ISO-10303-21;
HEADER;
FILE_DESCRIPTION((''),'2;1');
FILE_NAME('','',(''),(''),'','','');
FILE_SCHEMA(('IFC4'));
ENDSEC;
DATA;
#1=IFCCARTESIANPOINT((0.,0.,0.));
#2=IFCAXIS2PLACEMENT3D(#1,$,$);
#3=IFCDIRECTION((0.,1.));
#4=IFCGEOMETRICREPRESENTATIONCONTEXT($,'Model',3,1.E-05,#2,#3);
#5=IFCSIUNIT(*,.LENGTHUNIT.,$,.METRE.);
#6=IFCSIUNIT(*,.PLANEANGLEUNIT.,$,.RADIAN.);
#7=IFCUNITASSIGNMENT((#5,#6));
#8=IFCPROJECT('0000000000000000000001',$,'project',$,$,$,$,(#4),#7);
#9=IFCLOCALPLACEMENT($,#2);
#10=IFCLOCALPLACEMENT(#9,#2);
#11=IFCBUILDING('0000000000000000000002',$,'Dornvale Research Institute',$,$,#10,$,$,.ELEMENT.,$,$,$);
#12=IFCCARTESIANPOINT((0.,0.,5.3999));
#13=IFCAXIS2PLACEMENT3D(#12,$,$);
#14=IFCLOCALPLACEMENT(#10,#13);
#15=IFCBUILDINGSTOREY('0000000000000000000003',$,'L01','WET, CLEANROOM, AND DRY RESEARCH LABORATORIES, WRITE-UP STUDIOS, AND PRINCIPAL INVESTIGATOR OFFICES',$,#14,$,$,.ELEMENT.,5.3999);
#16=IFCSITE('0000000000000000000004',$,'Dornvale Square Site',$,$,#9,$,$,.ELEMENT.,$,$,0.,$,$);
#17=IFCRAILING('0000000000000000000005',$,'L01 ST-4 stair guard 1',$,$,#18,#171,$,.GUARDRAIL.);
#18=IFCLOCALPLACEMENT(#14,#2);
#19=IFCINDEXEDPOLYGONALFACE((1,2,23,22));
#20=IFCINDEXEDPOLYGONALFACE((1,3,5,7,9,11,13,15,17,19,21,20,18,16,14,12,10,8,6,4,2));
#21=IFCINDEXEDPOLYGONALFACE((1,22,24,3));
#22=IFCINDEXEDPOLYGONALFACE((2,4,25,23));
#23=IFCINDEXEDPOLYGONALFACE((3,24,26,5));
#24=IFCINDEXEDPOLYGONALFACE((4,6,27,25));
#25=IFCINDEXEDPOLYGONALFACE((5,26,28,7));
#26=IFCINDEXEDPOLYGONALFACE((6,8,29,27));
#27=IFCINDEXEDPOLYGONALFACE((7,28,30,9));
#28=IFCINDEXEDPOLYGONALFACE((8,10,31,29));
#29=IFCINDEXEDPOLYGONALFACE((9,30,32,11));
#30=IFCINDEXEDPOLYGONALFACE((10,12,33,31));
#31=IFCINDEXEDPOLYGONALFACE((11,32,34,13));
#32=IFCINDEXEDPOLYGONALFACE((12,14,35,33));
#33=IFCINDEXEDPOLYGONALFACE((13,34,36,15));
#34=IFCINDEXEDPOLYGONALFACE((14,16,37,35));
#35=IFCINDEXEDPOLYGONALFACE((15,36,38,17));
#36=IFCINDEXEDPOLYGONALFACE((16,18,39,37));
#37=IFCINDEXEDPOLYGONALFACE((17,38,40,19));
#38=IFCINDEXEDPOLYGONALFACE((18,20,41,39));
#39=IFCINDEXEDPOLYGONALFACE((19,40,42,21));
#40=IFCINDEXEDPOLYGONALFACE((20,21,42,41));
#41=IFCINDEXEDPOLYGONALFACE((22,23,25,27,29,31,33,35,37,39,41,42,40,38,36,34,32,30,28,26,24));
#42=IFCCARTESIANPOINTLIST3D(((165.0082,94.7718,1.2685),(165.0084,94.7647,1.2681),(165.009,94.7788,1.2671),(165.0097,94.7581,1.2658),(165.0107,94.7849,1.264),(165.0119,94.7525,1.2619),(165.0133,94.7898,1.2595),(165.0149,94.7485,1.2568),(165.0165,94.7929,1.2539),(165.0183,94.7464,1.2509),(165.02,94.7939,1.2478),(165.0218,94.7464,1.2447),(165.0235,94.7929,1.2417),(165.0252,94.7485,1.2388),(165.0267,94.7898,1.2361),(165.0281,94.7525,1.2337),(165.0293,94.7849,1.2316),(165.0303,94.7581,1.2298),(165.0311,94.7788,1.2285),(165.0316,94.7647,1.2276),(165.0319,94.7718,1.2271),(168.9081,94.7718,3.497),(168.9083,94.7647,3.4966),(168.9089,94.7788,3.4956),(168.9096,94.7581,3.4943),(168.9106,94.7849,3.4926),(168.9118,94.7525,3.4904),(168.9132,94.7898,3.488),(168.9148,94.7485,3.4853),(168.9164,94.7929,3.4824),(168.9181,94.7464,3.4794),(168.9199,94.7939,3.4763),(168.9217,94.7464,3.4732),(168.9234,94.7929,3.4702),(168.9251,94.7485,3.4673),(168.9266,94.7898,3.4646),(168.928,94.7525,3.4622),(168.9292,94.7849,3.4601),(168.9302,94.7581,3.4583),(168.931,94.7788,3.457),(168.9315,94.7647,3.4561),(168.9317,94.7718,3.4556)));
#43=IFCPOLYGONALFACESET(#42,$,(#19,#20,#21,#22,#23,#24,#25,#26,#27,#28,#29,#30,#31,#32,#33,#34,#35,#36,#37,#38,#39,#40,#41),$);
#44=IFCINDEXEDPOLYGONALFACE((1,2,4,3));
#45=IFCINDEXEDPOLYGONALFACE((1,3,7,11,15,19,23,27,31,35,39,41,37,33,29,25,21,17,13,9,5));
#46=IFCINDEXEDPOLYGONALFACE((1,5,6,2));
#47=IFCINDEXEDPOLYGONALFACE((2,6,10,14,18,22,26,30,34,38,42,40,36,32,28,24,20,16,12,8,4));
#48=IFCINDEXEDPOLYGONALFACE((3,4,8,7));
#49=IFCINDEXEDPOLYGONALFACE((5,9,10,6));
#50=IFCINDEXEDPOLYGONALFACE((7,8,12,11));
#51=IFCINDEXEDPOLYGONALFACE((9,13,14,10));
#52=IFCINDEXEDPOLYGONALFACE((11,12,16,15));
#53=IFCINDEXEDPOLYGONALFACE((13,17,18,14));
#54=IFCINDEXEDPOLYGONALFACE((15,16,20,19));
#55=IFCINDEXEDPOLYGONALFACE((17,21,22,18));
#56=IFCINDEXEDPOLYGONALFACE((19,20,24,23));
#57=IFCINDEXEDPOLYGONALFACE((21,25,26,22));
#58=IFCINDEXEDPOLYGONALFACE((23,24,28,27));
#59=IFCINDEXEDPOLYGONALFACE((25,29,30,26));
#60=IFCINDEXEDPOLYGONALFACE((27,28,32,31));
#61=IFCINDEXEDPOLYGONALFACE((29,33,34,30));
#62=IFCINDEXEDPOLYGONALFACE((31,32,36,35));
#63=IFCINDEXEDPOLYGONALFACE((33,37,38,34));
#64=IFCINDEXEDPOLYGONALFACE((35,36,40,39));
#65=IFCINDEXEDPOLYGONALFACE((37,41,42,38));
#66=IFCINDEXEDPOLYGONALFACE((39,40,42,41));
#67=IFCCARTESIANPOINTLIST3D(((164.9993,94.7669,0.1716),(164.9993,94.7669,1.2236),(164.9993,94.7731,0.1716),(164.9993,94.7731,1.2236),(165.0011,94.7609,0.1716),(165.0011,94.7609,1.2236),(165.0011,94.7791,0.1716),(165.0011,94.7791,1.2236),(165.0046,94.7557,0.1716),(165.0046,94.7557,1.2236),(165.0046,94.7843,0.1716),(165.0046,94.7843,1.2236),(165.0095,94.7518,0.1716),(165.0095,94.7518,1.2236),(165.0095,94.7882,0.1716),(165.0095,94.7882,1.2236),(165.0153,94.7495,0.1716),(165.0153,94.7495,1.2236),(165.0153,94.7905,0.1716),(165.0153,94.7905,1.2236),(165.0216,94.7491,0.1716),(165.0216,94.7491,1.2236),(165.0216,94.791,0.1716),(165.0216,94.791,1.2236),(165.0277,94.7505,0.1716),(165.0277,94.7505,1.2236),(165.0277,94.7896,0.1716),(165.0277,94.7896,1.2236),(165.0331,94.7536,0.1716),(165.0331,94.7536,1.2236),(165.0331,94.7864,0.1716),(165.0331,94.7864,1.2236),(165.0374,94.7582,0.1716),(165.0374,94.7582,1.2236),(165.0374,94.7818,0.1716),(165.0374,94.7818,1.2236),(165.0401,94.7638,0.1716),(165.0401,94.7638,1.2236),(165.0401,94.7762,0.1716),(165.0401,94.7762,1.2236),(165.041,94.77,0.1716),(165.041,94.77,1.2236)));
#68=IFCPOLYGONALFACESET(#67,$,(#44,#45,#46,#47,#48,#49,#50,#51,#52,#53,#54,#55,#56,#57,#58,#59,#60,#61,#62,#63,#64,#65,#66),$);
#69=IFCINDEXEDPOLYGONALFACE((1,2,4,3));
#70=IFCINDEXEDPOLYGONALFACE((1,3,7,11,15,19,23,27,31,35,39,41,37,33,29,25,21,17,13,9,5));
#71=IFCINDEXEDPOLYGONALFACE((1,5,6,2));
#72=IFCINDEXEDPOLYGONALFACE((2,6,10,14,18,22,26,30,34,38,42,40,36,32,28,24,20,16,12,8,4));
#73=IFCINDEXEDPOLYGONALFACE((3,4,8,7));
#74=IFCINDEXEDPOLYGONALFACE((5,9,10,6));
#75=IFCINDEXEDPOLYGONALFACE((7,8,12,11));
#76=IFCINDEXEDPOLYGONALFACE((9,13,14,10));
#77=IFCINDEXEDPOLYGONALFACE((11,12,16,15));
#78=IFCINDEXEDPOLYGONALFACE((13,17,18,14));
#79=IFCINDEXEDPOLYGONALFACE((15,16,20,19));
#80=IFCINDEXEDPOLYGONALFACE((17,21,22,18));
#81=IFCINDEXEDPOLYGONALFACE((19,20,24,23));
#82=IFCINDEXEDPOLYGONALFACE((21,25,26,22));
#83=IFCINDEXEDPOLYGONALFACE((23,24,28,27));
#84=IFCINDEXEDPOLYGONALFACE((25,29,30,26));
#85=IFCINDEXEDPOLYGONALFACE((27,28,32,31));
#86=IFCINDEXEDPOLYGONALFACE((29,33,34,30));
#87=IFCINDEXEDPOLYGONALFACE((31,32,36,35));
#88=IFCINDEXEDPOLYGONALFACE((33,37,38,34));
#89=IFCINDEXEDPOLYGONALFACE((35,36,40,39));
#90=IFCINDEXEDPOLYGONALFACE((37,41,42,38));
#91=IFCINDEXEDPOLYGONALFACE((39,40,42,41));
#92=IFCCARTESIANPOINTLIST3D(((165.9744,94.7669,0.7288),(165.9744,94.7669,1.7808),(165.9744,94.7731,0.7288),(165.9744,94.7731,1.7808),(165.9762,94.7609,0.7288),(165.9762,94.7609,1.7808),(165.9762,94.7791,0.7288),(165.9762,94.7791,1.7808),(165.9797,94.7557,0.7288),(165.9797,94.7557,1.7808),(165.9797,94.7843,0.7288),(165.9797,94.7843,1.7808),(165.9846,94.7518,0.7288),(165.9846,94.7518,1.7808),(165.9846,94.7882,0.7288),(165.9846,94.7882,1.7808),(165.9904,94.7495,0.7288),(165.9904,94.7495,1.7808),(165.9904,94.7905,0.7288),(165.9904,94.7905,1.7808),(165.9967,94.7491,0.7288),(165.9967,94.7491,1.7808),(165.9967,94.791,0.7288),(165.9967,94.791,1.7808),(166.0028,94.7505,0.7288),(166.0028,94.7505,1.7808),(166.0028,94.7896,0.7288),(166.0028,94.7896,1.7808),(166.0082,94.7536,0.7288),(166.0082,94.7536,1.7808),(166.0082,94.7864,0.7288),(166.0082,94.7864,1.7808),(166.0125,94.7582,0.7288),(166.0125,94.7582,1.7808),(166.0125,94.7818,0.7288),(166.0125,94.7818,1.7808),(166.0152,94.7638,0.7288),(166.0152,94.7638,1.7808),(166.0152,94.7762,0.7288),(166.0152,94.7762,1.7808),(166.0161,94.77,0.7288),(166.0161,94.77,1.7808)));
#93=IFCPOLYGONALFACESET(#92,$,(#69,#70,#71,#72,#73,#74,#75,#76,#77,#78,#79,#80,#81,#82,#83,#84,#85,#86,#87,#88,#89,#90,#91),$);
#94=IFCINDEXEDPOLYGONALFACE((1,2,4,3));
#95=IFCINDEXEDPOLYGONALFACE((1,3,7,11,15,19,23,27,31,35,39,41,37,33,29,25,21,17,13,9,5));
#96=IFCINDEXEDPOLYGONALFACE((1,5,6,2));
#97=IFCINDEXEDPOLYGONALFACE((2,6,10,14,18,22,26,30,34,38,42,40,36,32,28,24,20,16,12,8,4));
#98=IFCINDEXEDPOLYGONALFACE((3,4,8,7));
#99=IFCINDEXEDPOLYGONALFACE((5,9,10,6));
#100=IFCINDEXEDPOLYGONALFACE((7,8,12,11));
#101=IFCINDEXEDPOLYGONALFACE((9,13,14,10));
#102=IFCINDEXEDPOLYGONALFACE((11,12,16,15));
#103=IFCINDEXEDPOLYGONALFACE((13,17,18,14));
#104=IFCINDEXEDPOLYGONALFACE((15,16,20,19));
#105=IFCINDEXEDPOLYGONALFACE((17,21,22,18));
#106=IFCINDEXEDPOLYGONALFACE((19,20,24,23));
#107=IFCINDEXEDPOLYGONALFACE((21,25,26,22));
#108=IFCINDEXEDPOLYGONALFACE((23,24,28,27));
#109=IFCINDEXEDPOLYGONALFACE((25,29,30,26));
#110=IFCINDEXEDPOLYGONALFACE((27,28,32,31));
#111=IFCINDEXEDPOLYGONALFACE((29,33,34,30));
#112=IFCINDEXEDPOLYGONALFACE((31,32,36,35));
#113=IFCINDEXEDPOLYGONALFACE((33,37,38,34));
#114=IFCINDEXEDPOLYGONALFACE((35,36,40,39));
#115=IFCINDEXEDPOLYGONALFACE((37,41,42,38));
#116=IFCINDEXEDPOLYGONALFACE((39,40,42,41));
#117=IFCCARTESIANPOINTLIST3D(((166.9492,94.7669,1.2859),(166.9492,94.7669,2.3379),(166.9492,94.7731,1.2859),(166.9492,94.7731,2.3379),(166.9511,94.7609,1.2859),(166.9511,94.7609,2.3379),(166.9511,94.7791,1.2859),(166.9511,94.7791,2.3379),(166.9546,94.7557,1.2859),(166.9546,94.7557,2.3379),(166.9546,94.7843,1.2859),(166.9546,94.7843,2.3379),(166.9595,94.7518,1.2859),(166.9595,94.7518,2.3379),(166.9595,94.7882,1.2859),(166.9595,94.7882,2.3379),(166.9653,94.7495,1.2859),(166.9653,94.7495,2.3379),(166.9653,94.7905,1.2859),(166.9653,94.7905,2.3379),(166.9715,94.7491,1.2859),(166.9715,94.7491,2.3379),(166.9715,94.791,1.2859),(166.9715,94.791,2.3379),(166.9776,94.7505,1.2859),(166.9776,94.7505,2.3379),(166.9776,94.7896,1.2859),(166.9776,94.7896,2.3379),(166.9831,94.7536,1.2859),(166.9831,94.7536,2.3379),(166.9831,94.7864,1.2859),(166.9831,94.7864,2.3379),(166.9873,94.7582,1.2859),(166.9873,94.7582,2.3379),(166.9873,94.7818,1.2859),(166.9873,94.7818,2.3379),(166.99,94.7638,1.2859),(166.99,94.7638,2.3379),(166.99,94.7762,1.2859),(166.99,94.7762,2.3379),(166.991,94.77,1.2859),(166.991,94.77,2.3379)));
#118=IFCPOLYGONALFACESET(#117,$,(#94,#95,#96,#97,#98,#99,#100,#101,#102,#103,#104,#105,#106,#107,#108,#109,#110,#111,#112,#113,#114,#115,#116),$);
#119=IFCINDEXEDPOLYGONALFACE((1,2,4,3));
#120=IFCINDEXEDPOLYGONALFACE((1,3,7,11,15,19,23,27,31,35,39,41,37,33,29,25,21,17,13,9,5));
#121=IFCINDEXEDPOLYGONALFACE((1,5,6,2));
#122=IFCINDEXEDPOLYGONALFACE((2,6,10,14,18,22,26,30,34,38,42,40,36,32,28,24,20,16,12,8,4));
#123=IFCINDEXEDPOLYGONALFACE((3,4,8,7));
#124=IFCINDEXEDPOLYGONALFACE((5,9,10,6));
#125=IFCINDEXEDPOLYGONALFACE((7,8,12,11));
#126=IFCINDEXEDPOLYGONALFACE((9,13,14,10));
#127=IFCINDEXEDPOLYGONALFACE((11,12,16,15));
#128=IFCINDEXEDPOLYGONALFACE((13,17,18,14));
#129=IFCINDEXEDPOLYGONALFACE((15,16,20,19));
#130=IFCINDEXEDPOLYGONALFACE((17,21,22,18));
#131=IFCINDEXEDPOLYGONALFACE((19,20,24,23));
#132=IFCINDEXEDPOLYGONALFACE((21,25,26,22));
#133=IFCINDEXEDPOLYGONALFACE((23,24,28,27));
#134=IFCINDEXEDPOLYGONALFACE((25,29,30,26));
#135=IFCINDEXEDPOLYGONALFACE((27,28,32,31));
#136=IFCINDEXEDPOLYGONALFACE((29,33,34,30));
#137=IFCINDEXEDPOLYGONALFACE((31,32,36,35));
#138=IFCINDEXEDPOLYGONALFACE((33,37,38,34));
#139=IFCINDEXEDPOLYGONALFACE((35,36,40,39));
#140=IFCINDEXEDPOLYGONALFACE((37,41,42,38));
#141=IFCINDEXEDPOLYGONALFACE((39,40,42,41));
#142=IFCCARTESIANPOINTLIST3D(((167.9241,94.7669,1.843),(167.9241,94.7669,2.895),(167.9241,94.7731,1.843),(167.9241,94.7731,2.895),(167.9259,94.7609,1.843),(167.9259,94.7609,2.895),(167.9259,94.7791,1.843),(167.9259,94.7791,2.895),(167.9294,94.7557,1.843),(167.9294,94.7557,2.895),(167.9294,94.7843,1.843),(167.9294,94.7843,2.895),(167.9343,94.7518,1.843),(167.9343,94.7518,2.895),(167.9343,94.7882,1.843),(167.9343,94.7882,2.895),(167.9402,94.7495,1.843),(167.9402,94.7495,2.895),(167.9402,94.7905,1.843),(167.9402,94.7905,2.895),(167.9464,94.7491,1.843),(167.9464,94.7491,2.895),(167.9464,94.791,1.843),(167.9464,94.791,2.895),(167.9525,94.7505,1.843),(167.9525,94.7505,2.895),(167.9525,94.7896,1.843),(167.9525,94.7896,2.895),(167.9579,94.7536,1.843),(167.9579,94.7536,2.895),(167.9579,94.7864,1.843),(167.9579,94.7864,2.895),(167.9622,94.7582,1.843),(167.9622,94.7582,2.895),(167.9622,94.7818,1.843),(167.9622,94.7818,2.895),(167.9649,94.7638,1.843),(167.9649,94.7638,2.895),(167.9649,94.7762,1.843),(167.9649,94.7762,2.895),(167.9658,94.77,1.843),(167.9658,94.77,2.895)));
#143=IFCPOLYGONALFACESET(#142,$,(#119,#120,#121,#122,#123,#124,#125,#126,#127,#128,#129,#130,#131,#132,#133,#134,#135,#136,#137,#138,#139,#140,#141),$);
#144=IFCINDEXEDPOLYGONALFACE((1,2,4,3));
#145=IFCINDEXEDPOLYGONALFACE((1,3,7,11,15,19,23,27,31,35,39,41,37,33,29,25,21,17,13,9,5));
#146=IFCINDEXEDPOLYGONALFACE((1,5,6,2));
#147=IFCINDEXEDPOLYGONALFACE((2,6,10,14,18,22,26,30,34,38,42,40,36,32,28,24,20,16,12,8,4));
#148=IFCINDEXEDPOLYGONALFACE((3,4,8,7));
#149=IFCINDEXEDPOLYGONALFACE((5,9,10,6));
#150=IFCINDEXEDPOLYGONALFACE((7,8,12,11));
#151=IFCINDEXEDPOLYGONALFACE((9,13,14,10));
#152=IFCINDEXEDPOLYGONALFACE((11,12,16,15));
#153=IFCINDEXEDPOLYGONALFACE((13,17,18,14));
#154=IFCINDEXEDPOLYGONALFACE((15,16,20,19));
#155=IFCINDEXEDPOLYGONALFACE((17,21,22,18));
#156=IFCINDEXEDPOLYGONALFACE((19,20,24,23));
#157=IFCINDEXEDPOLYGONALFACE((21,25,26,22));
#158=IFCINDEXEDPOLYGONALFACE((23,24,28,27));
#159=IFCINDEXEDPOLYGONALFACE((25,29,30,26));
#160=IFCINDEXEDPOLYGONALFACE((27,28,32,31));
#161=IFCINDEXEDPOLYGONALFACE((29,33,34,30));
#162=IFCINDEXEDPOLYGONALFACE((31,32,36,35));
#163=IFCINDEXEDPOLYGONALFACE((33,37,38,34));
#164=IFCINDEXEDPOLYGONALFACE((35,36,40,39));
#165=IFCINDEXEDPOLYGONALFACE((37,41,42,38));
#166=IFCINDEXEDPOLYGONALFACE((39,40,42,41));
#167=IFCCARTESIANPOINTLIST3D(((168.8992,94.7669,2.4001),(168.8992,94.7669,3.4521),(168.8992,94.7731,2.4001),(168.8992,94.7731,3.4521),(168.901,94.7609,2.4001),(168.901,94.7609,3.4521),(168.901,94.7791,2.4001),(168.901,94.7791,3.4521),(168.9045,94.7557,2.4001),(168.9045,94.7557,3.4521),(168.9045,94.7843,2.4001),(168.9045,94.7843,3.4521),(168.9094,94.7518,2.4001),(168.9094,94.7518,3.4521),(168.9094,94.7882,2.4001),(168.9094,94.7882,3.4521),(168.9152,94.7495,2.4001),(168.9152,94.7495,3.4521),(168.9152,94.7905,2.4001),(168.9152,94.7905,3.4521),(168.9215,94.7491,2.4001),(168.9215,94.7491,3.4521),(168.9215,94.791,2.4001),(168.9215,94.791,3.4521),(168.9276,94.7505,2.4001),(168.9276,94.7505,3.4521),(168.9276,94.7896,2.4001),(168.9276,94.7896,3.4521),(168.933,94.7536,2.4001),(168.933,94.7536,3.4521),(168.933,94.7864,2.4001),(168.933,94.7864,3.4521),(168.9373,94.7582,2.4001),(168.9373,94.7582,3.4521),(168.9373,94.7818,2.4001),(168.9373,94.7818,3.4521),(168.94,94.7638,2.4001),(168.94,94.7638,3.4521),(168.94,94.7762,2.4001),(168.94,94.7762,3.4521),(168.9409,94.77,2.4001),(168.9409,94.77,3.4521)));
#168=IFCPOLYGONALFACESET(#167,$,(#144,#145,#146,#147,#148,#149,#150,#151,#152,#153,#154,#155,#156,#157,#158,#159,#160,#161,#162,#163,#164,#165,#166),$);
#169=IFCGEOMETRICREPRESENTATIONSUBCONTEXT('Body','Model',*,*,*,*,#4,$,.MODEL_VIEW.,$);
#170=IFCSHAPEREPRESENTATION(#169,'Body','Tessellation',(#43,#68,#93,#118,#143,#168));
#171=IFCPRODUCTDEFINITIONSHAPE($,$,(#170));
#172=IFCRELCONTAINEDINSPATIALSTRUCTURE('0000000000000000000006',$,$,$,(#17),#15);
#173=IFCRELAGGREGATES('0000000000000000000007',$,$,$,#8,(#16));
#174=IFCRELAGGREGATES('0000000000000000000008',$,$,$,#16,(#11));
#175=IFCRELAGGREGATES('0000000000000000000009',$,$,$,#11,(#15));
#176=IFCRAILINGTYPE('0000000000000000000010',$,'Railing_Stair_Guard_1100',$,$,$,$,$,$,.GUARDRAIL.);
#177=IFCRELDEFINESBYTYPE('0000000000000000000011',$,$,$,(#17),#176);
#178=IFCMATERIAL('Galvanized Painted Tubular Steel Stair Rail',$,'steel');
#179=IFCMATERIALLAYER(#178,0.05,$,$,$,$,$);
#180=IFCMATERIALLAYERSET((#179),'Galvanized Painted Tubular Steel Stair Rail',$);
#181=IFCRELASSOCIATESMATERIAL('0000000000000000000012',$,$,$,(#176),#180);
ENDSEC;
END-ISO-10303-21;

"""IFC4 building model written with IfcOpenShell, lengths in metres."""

from ifc_helpers import new_model, si_unit, direction, frame, origin, origin_2d, place, context, subcontext, project, spatial, circle, extrude, material, layer, layer_set, type_object, element, save


model = new_model("IFC4")

# Units and contexts
model_context = context("Model", 3, precision=1e-05, world=origin(), true_north=direction((0.0, 1.0)))
body_context = subcontext(model_context, "Body", "Model", "MODEL_VIEW")
ifc_project = project(units=[si_unit("LENGTHUNIT", "METRE"), si_unit("PLANEANGLEUNIT", "RADIAN")], contexts=[model_context])

# Site, building, storey
site_placement = place(None, origin())
site = spatial("IfcSite", under=ifc_project, at=site_placement, Name="Dornvale Square Site", CompositionType="ELEMENT", RefElevation=0.0)
building_placement = place(site_placement, origin())
building = spatial("IfcBuilding", under=site, at=building_placement, Name="Dornvale Research Institute", CompositionType="ELEMENT")
storey_placement = place(building_placement, frame((0.0, 0.0, 5.3999)))
storey = spatial("IfcBuildingStorey", under=building, at=storey_placement, Name="L01", Description="WET, CLEANROOM, AND DRY RESEARCH LABORATORIES, WRITE-UP STUDIOS, AND PRINCIPAL INVESTIGATOR OFFICES", CompositionType="ELEMENT", Elevation=5.3999)

# Railing
ifc_material_1 = material(Name="Galvanized Painted Tubular Steel Stair Rail", Category="steel")
ifc_layer_1 = layer(ifc_material_1, 0.05)
ifc_layer_set_1 = layer_set([ifc_layer_1], Name="Galvanized Painted Tubular Steel Stair Rail")
railing_type_1 = type_object("IfcRailingType", Name="Railing_Stair_Guard_1100", PredefinedType="GUARDRAIL", material=ifc_layer_set_1)
railing_1_placement = place(storey_placement, frame((165.02, 94.77, 0.1716)))
element("IfcRailing", 1, at=railing_1_placement, inside=storey, type_object=railing_type_1, Name="L01 ST-4 stair guard 1", PredefinedType="GUARDRAIL", context=body_context, shape_type="SweptSolid", body=[
    extrude(circle(Radius=0.0239, at=origin_2d()), frame((0.0, 0.0, 1.0762), z_axis=(0.868243, 0.0, 0.496139), x_axis=(0.0, 1.0, 0.0)), (0.0, 0.0, 1.0), 4.4917),
    extrude(circle(Radius=0.021, at=origin_2d()), origin(), (0.0, 0.0, 1.0), 1.052),
    extrude(circle(Radius=0.021, at=origin_2d()), frame((0.9751, 0.0, 0.5571)), (0.0, 0.0, 1.0), 1.052),
    extrude(circle(Radius=0.021, at=origin_2d()), frame((1.95, 0.0, 1.1143)), (0.0, 0.0, 1.0), 1.052),
    extrude(circle(Radius=0.021, at=origin_2d()), frame((2.9248, 0.0, 1.6714)), (0.0, 0.0, 1.0), 1.052),
    extrude(circle(Radius=0.021, at=origin_2d()), frame((3.8999, 0.0, 2.2285)), (0.0, 0.0, 1.0), 1.052),
])

save(model, "model.ifc")
